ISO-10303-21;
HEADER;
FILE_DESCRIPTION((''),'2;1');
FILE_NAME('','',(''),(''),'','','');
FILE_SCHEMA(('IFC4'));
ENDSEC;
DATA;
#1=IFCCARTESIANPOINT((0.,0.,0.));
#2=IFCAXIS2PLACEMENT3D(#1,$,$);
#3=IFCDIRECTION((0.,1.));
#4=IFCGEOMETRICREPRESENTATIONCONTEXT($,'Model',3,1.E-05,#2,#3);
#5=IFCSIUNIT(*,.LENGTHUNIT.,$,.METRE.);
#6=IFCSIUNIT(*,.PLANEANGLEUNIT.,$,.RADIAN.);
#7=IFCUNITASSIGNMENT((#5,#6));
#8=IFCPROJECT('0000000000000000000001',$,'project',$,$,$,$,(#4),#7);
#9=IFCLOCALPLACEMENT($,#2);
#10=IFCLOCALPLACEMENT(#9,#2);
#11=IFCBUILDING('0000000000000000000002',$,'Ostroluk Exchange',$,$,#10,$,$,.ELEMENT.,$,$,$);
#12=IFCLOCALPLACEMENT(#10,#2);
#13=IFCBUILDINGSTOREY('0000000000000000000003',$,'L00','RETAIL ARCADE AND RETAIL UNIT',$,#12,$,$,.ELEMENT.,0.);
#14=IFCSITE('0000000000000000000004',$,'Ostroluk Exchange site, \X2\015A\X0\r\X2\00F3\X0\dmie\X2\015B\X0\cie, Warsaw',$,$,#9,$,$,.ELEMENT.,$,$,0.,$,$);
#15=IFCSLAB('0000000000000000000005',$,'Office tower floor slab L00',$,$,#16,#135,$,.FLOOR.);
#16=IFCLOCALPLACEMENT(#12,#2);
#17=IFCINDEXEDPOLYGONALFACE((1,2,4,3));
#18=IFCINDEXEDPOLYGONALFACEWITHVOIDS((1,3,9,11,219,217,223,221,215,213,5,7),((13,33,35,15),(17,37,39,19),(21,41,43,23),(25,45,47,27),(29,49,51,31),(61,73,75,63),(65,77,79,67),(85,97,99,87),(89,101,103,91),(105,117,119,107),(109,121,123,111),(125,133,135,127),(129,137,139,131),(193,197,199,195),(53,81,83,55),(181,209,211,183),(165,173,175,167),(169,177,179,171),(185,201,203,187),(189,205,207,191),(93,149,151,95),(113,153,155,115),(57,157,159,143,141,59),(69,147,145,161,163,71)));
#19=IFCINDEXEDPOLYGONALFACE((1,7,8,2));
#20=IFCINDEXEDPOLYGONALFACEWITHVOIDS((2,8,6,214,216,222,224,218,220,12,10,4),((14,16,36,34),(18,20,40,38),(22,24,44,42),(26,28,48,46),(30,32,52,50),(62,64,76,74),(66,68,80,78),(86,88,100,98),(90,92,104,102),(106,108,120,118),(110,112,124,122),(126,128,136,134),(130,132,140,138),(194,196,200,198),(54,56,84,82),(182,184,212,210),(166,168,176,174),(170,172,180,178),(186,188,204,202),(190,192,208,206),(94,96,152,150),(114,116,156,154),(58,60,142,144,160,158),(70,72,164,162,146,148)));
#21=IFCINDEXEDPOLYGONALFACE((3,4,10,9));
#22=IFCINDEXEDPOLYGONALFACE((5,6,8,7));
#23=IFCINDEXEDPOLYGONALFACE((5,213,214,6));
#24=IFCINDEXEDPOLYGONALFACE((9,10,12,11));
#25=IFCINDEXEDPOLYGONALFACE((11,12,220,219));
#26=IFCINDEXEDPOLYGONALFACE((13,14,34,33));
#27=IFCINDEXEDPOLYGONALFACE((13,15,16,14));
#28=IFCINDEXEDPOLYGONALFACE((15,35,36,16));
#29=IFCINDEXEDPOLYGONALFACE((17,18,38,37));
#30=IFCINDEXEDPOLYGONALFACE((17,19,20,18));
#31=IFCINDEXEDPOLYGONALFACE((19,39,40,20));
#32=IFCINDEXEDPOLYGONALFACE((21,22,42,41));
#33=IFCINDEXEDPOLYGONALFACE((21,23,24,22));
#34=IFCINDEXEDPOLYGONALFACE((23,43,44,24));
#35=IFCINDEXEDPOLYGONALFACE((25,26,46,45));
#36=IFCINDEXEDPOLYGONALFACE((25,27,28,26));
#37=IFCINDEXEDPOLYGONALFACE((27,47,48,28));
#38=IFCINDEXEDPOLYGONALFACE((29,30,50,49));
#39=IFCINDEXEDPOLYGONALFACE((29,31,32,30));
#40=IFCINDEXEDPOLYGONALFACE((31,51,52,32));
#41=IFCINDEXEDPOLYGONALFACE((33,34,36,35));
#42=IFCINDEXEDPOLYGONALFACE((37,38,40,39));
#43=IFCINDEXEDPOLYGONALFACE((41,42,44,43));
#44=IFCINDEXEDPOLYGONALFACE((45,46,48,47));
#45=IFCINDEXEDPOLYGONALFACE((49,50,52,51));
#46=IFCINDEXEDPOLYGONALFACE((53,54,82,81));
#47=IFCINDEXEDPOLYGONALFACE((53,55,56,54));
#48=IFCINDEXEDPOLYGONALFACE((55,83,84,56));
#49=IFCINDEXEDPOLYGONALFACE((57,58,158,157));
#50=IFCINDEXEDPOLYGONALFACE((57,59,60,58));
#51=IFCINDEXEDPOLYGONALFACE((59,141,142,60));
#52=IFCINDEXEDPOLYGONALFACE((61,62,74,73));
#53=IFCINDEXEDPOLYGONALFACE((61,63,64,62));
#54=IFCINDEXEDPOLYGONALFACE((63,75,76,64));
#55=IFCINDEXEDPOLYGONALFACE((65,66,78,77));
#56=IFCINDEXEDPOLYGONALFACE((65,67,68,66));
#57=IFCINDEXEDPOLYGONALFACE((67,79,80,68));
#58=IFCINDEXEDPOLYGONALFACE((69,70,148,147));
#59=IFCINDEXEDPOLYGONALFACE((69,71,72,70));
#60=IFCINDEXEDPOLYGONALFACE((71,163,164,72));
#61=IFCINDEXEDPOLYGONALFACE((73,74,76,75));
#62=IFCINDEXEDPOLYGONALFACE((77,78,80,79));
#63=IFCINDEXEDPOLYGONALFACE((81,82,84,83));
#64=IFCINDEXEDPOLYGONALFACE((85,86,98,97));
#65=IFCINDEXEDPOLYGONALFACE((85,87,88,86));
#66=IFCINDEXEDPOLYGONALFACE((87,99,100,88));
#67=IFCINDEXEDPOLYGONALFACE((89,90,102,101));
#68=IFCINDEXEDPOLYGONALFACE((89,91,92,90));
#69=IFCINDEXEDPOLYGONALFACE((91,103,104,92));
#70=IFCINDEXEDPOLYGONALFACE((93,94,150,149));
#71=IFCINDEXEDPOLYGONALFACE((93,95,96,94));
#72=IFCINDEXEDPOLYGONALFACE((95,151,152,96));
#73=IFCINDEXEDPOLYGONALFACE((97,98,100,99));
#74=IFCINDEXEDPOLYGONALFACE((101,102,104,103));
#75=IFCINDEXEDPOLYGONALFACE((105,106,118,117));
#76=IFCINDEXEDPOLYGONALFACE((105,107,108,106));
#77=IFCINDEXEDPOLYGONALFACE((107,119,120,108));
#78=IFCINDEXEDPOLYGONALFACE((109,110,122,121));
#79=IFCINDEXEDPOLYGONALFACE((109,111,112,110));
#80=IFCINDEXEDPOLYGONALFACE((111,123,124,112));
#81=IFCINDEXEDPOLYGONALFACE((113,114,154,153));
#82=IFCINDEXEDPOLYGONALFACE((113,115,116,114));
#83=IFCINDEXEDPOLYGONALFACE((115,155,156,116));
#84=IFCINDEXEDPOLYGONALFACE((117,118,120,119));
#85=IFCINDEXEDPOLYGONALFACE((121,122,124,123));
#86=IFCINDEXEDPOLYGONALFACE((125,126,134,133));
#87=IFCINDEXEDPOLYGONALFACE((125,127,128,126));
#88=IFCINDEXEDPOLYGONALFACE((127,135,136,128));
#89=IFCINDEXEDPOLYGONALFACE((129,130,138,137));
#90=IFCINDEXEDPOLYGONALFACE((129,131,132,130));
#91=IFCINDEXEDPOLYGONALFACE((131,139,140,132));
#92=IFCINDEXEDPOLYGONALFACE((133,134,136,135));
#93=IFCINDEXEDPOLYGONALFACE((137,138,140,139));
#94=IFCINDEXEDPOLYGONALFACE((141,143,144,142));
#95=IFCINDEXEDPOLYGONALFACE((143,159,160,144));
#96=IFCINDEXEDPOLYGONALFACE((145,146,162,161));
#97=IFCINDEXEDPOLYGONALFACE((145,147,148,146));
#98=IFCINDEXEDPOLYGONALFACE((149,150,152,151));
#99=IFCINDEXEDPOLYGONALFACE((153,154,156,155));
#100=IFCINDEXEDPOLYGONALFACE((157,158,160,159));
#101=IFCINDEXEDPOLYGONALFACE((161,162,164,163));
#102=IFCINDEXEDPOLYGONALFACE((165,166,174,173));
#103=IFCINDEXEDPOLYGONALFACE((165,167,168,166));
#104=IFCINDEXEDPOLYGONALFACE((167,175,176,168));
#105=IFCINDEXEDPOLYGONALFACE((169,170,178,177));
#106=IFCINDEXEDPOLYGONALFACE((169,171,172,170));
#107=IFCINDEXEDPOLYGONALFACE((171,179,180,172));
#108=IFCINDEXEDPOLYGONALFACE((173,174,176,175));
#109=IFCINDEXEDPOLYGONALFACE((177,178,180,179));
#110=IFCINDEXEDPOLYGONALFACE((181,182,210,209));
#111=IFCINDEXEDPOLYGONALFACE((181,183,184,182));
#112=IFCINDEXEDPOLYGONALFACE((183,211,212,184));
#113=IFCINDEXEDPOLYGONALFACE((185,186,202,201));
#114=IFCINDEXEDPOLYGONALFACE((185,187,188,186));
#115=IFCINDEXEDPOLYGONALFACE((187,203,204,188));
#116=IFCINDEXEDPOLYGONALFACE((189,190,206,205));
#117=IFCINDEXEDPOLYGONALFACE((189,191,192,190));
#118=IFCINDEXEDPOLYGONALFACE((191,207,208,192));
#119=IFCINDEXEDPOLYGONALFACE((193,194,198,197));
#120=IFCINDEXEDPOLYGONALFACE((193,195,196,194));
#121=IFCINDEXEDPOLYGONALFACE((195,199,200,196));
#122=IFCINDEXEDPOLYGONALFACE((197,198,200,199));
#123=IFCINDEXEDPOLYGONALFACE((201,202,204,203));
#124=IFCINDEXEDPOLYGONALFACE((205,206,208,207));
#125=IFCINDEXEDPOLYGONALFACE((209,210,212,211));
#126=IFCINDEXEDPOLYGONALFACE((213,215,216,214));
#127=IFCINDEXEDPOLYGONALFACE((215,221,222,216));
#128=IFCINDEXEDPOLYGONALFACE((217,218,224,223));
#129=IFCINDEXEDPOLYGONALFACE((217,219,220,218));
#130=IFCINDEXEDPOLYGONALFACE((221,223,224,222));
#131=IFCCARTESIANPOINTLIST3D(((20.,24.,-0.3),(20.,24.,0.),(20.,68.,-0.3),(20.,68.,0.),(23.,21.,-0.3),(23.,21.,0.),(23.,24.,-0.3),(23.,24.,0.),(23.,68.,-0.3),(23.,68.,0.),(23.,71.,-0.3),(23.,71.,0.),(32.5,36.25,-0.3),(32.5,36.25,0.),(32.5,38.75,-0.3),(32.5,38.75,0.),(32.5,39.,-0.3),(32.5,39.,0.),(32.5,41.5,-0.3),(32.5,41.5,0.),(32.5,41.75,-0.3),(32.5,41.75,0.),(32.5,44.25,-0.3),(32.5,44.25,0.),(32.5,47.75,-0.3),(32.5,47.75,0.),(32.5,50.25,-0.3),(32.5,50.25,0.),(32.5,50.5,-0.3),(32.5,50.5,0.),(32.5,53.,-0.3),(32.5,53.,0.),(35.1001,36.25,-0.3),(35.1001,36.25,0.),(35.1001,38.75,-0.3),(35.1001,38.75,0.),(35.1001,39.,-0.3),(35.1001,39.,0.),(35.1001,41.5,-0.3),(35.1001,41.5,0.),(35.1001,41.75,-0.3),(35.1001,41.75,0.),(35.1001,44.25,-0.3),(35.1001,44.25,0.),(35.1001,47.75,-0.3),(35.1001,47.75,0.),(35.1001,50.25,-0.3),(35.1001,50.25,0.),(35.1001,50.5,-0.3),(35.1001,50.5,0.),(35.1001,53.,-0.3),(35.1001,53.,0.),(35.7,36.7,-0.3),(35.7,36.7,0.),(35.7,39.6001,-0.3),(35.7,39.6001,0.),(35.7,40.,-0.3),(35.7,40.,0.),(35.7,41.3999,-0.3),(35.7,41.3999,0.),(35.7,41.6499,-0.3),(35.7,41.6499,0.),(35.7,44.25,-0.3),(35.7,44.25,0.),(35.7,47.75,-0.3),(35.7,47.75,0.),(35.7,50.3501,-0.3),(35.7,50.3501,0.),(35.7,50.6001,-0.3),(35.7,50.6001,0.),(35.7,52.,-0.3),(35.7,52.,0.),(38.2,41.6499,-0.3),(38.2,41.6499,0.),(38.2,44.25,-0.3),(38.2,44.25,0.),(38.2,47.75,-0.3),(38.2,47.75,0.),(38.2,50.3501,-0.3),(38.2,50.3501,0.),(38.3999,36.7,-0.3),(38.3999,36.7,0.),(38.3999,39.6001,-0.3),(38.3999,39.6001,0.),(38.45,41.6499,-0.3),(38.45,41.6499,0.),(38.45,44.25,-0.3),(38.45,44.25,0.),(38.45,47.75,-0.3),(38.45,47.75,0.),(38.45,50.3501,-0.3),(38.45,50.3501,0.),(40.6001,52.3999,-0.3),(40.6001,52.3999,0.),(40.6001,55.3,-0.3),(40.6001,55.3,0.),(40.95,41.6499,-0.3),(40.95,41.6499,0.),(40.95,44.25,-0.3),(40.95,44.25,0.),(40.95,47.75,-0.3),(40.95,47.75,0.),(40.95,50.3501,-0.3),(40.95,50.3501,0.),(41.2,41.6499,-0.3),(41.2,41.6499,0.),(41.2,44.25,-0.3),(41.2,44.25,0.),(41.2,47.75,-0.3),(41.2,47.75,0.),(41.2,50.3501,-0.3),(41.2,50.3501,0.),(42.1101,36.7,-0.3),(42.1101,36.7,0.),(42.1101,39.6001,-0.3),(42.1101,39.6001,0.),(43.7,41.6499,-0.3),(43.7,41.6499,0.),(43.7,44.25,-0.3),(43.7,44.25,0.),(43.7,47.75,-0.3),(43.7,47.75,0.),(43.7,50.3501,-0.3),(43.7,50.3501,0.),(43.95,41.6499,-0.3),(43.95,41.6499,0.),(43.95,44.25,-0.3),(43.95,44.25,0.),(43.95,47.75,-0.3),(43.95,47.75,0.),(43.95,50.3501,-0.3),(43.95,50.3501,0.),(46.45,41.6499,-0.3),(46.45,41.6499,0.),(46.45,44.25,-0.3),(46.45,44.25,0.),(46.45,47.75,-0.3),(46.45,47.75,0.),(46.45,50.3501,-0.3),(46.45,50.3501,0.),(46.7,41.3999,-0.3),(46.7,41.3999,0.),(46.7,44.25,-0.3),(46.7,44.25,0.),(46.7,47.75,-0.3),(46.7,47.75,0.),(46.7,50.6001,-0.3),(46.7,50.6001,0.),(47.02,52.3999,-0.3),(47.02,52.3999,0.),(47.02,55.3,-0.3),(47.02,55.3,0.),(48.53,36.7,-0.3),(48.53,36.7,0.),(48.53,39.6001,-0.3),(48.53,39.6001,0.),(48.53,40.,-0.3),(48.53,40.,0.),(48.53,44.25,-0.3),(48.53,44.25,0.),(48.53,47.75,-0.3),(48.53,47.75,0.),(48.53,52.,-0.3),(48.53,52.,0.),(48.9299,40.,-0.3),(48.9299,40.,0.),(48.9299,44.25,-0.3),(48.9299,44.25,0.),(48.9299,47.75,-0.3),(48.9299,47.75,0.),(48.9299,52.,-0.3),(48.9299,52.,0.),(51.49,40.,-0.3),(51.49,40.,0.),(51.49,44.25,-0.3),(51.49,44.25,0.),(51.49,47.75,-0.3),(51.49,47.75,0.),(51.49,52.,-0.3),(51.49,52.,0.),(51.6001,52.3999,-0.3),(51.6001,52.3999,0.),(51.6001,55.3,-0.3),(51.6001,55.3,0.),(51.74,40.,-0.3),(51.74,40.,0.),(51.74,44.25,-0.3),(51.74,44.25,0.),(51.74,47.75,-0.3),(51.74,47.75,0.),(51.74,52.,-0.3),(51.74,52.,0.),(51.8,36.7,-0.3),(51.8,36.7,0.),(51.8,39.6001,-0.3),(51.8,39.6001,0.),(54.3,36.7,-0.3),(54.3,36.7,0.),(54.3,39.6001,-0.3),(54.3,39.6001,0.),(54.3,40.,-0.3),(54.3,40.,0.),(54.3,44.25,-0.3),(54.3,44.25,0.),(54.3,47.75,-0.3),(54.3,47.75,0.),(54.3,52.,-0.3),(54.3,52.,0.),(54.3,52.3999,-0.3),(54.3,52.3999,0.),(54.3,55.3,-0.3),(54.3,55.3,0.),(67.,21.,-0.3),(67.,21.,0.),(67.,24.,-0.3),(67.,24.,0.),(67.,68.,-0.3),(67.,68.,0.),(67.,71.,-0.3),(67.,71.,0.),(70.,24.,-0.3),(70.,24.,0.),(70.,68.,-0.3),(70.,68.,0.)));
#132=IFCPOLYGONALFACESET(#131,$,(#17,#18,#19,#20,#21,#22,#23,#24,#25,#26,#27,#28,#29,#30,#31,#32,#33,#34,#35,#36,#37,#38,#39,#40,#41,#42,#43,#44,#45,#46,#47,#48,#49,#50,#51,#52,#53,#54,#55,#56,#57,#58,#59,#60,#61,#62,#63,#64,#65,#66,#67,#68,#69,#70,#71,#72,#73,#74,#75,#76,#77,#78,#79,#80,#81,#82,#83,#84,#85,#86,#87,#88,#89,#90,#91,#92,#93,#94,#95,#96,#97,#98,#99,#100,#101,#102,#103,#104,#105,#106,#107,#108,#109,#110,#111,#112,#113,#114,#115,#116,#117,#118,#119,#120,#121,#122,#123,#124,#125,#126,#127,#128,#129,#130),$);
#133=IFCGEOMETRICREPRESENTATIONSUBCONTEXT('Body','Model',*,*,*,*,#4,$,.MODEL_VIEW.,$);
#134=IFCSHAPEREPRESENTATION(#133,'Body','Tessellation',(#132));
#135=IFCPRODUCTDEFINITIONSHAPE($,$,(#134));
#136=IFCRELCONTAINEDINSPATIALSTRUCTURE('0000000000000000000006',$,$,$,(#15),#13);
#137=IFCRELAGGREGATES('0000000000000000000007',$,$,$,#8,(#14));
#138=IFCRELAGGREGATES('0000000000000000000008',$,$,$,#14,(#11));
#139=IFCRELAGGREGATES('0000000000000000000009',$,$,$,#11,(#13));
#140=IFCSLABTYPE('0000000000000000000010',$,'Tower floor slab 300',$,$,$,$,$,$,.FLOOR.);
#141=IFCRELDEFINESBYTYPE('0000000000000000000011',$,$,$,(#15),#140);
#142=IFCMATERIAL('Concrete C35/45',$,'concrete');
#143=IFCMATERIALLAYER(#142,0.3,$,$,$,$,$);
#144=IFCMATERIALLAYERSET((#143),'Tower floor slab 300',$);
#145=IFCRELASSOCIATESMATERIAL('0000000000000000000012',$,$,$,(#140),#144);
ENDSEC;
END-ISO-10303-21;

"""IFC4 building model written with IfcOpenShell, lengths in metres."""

from ifc_helpers import new_model, si_unit, direction, frame, origin, place, context, subcontext, project, spatial, polyline, outline, extrude, material, layer, layer_set, type_object, element, save


model = new_model("IFC4")

# Units and contexts
model_context = context("Model", 3, precision=1e-05, world=origin(), true_north=direction((0.0, 1.0)))
body_context = subcontext(model_context, "Body", "Model", "MODEL_VIEW")
ifc_project = project(units=[si_unit("LENGTHUNIT", "METRE"), si_unit("PLANEANGLEUNIT", "RADIAN")], contexts=[model_context])

# Site, building, storey
site_placement = place(None, origin())
site = spatial("IfcSite", under=ifc_project, at=site_placement, Name="Ostroluk Exchange site, Śródmieście, Warsaw", CompositionType="ELEMENT", RefElevation=0.0)
building_placement = place(site_placement, origin())
building = spatial("IfcBuilding", under=site, at=building_placement, Name="Ostroluk Exchange", CompositionType="ELEMENT")
storey_placement = place(building_placement, origin())
storey = spatial("IfcBuildingStorey", under=building, at=storey_placement, Name="L00", Description="RETAIL ARCADE AND RETAIL UNIT", CompositionType="ELEMENT", Elevation=0.0)

# Slab
ifc_material_1 = material(Name="Concrete C35/45", Category="concrete")
ifc_layer_1 = layer(ifc_material_1, 0.3)
ifc_layer_set_1 = layer_set([ifc_layer_1], Name="Tower floor slab 300")
slab_type_1 = type_object("IfcSlabType", Name="Tower floor slab 300", PredefinedType="FLOOR", material=ifc_layer_set_1)
slab_1_placement = place(storey_placement, frame((0.0, 0.0, -0.3)))
element("IfcSlab", 1, at=slab_1_placement, inside=storey, type_object=slab_type_1, Name="Office tower floor slab L00", PredefinedType="FLOOR", context=body_context, shape_type="SweptSolid", body=[
    extrude(outline(polyline([(23.0, 21.0), (67.0, 21.0), (67.0, 24.0), (70.0, 24.0), (70.0, 68.0), (67.0, 68.0), (67.0, 71.0), (23.0, 71.0), (23.0, 68.0), (20.0, 68.0), (20.0, 24.0), (23.0, 24.0), (23.0, 21.0)]), holes=[polyline([(35.7, 36.7), (38.3999, 36.7), (38.3999, 39.6001), (35.7, 39.6001), (35.7, 36.7)]), polyline([(42.1101, 36.7), (48.53, 36.7), (48.53, 39.6001), (42.1101, 39.6001), (42.1101, 36.7)]), polyline([(51.8, 36.7), (54.3, 36.7), (54.3, 39.6001), (51.8, 39.6001), (51.8, 36.7)]), polyline([(40.6001, 52.3999), (47.02, 52.3999), (47.02, 55.3), (40.6001, 55.3), (40.6001, 52.3999)]), polyline([(51.6001, 52.3999), (54.3, 52.3999), (54.3, 55.3), (51.6001, 55.3), (51.6001, 52.3999)]), polyline([(35.7, 47.75), (38.2, 47.75), (38.2, 50.3501), (35.7, 50.3501), (35.7, 47.75)]), polyline([(38.45, 47.75), (40.95, 47.75), (40.95, 50.3501), (38.45, 50.3501), (38.45, 47.75)]), polyline([(41.2, 47.75), (43.7, 47.75), (43.7, 50.3501), (41.2, 50.3501), (41.2, 47.75)]), polyline([(43.95, 47.75), (46.45, 47.75), (46.45, 50.3501), (43.95, 50.3501), (43.95, 47.75)]), polyline([(35.7, 41.6499), (38.2, 41.6499), (38.2, 44.25), (35.7, 44.25), (35.7, 41.6499)]), polyline([(38.45, 41.6499), (40.95, 41.6499), (40.95, 44.25), (38.45, 44.25), (38.45, 41.6499)]), polyline([(41.2, 41.6499), (43.7, 41.6499), (43.7, 44.25), (41.2, 44.25), (41.2, 41.6499)]), polyline([(43.95, 41.6499), (46.45, 41.6499), (46.45, 44.25), (43.95, 44.25), (43.95, 41.6499)]), polyline([(48.9299, 47.75), (51.49, 47.75), (51.49, 52.0), (48.9299, 52.0), (48.9299, 47.75)]), polyline([(51.74, 47.75), (54.3, 47.75), (54.3, 52.0), (51.74, 52.0), (51.74, 47.75)]), polyline([(48.9299, 40.0), (51.49, 40.0), (51.49, 44.25), (48.9299, 44.25), (48.9299, 40.0)]), polyline([(51.74, 40.0), (54.3, 40.0), (54.3, 44.25), (51.74, 44.25), (51.74, 40.0)]), polyline([(48.53, 52.0), (48.53, 47.75), (46.7, 47.75), (46.7, 50.6001), (35.7, 50.6001), (35.7, 52.0), (48.53, 52.0)]), polyline([(35.7, 40.0), (35.7, 41.3999), (46.7, 41.3999), (46.7, 44.25), (48.53, 44.25), (48.53, 40.0), (35.7, 40.0)]), polyline([(32.5, 36.25), (35.1001, 36.25), (35.1001, 38.75), (32.5, 38.75), (32.5, 36.25)]), polyline([(32.5, 39.0), (35.1001, 39.0), (35.1001, 41.5), (32.5, 41.5), (32.5, 39.0)]), polyline([(32.5, 41.75), (35.1001, 41.75), (35.1001, 44.25), (32.5, 44.25), (32.5, 41.75)]), polyline([(32.5, 47.75), (35.1001, 47.75), (35.1001, 50.25), (32.5, 50.25), (32.5, 47.75)]), polyline([(32.5, 50.5), (35.1001, 50.5), (35.1001, 53.0), (32.5, 53.0), (32.5, 50.5)])]), origin(), (0.0, 0.0, 1.0), 0.3),
])

save(model, "model.ifc")
